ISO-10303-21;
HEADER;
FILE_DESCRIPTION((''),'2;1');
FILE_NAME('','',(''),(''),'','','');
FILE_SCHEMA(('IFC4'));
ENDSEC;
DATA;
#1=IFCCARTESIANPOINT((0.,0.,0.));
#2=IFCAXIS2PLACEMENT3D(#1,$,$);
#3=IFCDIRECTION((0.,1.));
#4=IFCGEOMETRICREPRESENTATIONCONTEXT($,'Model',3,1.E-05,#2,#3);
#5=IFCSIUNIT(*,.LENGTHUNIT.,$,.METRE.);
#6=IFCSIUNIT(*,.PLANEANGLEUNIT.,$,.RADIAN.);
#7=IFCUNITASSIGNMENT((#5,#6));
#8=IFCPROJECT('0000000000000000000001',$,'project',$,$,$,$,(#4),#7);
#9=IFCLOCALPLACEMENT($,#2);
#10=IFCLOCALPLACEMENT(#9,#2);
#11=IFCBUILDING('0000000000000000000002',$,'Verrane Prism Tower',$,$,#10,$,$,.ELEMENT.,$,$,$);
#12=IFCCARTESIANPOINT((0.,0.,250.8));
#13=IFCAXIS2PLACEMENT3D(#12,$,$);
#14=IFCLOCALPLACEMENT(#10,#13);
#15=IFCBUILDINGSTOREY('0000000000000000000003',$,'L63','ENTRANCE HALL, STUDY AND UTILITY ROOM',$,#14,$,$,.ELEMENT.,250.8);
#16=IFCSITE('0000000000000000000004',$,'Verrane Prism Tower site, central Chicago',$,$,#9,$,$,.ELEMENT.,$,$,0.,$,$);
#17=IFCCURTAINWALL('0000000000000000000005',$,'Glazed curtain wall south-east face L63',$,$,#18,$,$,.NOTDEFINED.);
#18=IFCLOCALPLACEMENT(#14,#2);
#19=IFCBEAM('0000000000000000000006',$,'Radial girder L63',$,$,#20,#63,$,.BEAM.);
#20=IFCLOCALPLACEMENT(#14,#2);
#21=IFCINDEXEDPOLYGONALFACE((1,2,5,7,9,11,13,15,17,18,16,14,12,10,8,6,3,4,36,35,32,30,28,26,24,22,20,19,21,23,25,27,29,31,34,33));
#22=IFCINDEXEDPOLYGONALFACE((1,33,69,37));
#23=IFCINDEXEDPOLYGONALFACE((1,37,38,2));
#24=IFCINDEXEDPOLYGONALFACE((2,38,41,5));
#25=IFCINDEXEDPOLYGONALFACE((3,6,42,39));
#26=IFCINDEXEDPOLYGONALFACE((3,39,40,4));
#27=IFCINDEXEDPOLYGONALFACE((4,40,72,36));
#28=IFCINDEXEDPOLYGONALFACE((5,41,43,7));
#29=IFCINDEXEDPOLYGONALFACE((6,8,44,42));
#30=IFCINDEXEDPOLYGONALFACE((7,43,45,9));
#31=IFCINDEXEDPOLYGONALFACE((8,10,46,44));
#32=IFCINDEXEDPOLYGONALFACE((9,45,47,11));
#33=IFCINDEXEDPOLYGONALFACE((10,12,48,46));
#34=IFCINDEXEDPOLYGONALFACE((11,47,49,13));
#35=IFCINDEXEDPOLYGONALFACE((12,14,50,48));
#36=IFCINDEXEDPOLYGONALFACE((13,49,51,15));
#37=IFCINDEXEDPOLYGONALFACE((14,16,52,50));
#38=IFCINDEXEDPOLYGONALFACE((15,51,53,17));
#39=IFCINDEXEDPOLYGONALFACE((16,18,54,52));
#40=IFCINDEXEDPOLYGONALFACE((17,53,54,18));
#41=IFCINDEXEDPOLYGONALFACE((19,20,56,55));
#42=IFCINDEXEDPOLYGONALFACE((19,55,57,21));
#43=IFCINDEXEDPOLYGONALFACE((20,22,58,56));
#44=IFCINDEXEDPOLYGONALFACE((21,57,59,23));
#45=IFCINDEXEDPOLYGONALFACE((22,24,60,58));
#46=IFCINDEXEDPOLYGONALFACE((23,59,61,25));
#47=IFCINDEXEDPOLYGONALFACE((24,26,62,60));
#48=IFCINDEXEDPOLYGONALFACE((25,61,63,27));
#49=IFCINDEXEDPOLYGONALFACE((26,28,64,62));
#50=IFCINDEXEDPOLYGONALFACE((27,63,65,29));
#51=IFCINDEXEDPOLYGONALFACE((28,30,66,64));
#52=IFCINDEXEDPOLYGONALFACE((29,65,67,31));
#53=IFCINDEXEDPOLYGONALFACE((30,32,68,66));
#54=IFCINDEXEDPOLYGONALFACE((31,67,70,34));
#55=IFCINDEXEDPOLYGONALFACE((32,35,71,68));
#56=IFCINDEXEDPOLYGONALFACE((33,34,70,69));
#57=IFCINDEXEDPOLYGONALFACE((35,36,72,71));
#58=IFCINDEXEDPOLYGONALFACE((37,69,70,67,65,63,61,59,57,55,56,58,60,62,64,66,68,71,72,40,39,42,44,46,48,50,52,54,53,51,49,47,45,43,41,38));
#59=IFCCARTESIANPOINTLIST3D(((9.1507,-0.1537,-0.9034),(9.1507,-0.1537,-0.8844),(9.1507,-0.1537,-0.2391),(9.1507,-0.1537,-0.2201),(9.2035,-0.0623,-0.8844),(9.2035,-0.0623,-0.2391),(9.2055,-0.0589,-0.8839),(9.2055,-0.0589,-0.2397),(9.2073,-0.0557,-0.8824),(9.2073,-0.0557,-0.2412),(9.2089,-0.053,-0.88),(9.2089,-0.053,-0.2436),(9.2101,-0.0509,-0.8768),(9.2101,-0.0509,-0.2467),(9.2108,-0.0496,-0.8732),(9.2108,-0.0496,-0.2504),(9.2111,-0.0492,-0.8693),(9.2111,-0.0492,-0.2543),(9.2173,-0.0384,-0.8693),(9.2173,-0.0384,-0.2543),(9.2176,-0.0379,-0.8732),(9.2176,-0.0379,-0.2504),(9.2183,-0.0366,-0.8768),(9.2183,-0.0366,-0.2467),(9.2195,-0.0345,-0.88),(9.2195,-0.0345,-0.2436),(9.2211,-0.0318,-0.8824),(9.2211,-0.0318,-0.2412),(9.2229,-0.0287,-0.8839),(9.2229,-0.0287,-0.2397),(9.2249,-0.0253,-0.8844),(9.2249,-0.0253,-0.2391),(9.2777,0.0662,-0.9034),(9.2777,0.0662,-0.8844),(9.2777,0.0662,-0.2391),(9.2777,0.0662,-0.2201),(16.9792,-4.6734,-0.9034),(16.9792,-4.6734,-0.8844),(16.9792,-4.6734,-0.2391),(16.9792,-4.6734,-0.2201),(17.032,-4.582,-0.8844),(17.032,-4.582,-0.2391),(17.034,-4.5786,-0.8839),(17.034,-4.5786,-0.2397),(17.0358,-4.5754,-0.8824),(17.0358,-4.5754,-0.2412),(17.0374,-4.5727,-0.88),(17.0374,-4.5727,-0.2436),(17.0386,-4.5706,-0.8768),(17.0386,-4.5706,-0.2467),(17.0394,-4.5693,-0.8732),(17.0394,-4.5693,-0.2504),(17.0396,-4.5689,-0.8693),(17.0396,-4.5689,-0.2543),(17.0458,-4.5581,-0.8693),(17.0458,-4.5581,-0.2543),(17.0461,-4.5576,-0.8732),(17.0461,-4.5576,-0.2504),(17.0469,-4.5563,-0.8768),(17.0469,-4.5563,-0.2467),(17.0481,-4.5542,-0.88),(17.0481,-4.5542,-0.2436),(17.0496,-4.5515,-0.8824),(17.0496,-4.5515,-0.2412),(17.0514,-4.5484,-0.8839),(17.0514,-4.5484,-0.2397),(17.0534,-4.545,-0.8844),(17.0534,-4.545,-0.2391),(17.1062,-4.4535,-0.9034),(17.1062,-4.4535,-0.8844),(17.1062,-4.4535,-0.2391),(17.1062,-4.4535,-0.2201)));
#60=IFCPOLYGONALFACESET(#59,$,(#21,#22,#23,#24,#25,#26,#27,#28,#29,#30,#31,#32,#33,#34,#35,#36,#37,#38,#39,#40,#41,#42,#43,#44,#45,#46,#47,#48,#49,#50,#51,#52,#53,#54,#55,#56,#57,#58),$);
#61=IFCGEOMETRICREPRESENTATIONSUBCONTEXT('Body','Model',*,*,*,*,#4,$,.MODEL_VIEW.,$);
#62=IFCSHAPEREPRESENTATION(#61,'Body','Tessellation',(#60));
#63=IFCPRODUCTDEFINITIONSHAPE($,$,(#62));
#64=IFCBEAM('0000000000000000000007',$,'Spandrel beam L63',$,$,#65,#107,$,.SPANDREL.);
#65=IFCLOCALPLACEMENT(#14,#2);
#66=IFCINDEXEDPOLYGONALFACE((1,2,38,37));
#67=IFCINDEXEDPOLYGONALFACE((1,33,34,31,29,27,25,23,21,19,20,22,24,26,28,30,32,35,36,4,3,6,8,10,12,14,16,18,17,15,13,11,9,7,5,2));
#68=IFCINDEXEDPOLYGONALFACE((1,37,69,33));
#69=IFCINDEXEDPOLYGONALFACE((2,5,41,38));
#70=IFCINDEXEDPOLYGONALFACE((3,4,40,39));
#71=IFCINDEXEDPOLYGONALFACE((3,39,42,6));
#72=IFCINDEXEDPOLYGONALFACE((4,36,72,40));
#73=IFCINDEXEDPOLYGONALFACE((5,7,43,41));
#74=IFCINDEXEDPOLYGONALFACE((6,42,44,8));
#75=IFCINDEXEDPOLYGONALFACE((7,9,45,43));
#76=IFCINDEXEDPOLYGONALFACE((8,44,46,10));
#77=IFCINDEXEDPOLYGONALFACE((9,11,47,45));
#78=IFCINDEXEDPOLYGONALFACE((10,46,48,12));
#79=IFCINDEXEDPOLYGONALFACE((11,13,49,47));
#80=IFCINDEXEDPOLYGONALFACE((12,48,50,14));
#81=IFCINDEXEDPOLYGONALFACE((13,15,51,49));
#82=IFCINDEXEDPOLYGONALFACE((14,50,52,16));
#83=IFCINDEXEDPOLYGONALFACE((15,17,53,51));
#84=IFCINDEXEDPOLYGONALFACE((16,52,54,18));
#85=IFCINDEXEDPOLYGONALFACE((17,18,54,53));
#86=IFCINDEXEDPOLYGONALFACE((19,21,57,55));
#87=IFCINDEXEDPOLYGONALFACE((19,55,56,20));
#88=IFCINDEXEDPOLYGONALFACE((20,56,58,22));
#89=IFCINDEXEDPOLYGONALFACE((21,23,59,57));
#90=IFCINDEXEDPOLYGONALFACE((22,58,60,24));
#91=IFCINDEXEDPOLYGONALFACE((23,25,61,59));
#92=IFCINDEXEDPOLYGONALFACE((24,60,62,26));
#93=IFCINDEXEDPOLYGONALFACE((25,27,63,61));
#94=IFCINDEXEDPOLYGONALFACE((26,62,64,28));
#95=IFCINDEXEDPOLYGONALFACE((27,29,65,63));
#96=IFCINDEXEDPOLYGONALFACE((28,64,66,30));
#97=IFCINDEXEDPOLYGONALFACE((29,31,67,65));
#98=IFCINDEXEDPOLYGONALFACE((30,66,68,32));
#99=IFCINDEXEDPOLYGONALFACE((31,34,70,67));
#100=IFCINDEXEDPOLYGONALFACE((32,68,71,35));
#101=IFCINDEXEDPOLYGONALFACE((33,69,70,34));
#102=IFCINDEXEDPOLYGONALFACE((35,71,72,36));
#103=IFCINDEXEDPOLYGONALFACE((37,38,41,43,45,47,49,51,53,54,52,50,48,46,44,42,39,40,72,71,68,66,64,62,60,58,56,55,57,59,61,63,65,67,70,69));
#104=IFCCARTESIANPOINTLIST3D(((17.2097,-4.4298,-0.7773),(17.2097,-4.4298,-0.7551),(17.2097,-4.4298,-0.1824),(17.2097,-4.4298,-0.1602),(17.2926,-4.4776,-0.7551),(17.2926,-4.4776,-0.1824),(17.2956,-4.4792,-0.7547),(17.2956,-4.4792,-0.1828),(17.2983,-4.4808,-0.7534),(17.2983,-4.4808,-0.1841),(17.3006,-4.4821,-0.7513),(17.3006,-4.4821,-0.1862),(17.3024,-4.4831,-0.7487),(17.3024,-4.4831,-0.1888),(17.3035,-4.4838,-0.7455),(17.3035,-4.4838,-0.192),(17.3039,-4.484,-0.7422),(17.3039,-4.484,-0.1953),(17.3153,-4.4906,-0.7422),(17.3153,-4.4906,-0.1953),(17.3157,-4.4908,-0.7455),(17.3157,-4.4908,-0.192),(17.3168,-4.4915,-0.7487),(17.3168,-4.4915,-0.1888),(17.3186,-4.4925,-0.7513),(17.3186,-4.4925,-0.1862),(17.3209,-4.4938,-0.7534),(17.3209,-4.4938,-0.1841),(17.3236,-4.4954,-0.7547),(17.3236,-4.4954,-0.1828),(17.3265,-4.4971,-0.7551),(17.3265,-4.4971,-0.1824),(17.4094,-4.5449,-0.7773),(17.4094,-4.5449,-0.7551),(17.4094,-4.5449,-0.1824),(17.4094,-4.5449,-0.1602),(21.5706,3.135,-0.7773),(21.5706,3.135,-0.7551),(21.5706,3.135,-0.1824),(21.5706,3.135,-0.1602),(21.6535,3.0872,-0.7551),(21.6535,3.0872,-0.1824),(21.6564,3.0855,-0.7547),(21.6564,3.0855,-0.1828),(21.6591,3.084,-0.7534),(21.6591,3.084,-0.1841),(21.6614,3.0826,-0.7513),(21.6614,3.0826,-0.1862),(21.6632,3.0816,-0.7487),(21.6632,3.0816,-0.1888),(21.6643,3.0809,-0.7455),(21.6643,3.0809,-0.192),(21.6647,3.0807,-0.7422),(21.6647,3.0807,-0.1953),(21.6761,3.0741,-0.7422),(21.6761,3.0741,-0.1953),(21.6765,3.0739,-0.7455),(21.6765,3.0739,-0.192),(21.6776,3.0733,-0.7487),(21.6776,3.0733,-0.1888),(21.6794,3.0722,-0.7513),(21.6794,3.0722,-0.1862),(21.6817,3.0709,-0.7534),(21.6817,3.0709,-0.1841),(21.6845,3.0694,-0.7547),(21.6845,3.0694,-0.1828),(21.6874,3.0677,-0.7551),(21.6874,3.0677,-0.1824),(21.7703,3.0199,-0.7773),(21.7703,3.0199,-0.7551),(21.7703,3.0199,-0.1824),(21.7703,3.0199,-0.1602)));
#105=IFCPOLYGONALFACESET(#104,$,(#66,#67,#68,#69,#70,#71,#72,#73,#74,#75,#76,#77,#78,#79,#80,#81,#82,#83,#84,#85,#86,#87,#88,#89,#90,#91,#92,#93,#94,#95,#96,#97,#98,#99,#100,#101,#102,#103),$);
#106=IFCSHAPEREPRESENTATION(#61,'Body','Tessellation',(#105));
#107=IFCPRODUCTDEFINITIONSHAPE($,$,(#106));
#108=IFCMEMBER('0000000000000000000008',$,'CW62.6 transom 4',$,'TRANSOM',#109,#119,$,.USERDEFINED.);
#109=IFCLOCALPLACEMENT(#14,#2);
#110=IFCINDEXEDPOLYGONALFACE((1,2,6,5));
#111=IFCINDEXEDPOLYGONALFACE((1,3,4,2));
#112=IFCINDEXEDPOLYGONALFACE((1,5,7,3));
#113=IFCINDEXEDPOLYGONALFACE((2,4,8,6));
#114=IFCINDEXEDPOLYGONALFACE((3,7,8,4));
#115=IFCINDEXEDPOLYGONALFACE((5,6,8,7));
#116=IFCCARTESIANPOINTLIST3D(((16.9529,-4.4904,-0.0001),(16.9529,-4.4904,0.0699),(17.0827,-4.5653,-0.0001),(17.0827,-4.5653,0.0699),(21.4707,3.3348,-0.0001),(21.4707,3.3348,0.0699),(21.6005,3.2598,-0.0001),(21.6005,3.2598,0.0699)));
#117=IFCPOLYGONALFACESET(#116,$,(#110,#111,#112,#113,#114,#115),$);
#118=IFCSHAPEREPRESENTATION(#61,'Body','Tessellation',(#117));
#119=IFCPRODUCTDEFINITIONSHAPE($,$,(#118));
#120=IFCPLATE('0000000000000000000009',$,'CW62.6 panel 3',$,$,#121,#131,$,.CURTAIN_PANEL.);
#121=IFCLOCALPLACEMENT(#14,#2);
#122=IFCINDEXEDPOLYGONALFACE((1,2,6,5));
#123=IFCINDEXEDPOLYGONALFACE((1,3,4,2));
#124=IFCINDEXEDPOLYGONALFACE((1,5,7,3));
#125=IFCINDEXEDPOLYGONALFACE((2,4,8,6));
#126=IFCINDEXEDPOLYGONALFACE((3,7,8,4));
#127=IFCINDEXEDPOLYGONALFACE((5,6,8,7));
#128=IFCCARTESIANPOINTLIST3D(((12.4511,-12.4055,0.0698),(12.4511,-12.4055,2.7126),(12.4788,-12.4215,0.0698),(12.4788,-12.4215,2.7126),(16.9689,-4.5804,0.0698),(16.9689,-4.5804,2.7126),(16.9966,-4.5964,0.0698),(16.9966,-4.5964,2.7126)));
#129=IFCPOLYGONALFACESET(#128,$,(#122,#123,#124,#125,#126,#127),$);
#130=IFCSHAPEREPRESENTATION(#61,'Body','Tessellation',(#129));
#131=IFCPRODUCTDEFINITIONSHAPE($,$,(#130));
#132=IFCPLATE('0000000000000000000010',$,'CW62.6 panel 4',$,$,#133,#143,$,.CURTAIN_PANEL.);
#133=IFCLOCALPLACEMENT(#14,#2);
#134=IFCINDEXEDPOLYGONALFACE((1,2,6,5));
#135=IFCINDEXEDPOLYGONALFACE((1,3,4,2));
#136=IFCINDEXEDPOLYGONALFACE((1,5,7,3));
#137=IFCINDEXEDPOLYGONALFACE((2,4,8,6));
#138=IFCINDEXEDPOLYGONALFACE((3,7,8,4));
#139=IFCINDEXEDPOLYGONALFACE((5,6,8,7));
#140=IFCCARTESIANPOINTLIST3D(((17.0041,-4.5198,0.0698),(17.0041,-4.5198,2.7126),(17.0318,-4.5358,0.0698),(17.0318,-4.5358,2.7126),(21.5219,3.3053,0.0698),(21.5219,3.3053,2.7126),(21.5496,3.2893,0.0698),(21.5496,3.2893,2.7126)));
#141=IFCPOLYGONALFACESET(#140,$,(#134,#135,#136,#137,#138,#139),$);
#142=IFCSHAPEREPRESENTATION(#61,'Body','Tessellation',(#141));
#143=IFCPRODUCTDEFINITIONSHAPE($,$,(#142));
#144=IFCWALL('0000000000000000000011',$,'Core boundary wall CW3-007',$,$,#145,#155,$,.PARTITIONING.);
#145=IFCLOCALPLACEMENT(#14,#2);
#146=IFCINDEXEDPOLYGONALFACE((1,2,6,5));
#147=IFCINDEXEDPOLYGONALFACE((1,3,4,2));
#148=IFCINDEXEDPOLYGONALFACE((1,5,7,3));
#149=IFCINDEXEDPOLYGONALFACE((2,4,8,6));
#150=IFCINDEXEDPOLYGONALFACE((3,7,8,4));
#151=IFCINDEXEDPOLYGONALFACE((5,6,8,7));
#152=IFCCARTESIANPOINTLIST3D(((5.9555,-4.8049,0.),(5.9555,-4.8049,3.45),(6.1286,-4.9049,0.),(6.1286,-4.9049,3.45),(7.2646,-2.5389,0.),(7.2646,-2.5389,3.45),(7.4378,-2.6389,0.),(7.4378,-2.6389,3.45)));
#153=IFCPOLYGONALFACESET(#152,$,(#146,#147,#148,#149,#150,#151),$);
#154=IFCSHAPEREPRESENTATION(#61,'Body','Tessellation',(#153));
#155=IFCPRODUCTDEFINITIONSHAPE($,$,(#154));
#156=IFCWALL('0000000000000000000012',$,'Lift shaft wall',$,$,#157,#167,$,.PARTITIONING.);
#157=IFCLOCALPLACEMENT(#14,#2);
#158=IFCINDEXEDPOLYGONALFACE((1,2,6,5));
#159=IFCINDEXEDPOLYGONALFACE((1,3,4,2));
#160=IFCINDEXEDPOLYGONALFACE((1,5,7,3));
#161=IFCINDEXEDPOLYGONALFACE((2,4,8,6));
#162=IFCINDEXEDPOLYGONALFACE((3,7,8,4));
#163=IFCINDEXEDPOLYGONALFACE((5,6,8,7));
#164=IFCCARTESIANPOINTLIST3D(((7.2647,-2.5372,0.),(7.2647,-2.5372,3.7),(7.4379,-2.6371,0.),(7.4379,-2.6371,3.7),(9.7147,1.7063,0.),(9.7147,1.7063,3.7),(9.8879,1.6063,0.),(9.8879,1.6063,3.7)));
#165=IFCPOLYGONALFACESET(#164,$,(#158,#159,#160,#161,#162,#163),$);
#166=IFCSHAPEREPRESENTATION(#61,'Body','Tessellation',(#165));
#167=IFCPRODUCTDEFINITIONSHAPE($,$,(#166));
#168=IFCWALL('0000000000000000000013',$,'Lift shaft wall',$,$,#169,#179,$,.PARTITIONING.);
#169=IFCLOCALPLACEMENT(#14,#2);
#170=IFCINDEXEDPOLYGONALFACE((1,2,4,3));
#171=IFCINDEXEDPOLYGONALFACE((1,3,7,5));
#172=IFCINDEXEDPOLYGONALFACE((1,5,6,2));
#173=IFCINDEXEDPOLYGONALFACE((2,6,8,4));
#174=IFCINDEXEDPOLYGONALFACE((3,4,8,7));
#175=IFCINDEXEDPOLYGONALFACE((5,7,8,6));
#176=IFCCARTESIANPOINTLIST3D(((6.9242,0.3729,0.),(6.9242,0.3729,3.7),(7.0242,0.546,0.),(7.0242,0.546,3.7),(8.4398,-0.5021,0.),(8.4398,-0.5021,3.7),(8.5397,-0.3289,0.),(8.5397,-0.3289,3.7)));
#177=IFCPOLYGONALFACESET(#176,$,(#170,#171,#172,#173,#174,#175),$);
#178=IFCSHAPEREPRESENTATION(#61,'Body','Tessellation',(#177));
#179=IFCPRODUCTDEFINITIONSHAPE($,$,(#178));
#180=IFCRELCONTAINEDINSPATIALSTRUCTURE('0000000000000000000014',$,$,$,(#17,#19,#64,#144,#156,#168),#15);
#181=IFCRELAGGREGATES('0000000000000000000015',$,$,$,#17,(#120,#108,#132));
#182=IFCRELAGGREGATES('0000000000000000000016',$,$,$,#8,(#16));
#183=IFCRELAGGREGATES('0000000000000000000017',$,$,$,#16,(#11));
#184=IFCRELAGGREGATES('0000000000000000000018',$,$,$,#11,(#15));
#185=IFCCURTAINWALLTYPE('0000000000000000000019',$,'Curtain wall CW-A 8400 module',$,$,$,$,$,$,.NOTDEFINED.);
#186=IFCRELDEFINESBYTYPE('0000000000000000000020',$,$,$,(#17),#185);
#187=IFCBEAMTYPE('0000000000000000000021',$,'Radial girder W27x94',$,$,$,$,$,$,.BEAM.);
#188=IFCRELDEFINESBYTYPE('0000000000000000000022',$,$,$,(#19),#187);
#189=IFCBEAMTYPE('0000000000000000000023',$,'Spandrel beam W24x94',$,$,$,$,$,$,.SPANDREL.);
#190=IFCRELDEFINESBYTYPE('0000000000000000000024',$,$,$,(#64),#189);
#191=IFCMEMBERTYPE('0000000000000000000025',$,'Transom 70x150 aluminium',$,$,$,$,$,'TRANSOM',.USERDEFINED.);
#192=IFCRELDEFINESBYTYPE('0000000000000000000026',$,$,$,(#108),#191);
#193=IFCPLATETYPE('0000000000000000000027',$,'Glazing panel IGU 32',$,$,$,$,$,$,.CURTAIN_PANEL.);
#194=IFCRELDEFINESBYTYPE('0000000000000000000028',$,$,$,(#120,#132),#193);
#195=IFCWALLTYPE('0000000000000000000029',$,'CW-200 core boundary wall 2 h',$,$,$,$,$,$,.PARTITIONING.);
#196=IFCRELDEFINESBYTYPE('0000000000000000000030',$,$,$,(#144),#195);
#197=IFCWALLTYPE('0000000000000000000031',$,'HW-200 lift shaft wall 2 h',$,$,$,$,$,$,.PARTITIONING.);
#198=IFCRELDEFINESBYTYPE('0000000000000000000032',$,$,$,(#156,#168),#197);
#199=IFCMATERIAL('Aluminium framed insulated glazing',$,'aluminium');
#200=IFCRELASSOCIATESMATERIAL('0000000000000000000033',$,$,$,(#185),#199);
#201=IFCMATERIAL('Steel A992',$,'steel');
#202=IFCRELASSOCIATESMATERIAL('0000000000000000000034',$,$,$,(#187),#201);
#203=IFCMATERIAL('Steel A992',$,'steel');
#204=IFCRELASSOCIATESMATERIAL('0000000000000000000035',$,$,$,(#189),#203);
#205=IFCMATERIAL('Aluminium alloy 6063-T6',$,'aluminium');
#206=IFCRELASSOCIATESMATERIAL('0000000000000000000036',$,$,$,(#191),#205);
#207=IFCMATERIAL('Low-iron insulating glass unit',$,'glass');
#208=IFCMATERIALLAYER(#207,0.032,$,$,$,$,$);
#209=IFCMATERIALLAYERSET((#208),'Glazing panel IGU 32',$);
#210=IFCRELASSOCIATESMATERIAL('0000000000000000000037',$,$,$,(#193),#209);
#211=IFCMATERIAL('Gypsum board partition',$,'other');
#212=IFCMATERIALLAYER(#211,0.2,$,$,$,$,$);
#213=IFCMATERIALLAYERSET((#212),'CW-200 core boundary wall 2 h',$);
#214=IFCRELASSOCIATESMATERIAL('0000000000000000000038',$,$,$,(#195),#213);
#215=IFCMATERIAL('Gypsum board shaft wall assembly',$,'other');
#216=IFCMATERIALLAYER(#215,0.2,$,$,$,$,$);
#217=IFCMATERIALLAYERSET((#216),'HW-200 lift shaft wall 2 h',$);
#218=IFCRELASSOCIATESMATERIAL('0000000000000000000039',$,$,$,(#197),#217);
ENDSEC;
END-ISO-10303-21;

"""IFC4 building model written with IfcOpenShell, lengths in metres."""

from ifc_helpers import new_model, si_unit, direction, frame, frame_2d, origin, origin_2d, place, context, subcontext, project, spatial, rectangle, i_section, extrude, material, layer, layer_set, material_profile, profile_set, type_object, element, aggregate, save


model = new_model("IFC4")

# Units and contexts
model_context = context("Model", 3, precision=1e-05, world=origin(), true_north=direction((0.0, 1.0)))
body_context = subcontext(model_context, "Body", "Model", "MODEL_VIEW")
ifc_project = project(units=[si_unit("LENGTHUNIT", "METRE"), si_unit("PLANEANGLEUNIT", "RADIAN")], contexts=[model_context])

# Site, building, storey
site_placement = place(None, origin())
site = spatial("IfcSite", under=ifc_project, at=site_placement, Name="Verrane Prism Tower site, central Chicago", CompositionType="ELEMENT", RefElevation=0.0)
building_placement = place(site_placement, origin())
building = spatial("IfcBuilding", under=site, at=building_placement, Name="Verrane Prism Tower", CompositionType="ELEMENT")
storey_placement = place(building_placement, frame((0.0, 0.0, 250.8)))
storey = spatial("IfcBuildingStorey", under=building, at=storey_placement, Name="L63", Description="ENTRANCE HALL, STUDY AND UTILITY ROOM", CompositionType="ELEMENT", Elevation=250.8)

# Curtain wall
ifc_material_1 = material(Name="Aluminium framed insulated glazing", Category="aluminium")
curtain_wall_type = type_object("IfcCurtainWallType", Name="Curtain wall CW-A 8400 module", PredefinedType="NOTDEFINED", material=ifc_material_1)
curtain_wall_placement = place(storey_placement, origin())
curtain_wall = element("IfcCurtainWall", 1, at=curtain_wall_placement, inside=storey, type_object=curtain_wall_type, Name="Glazed curtain wall south-east face L63", PredefinedType="NOTDEFINED")

# Beams
ifc_material_2 = material(Name="Steel A992", Category="steel")
ifc_material_profile_1 = material_profile(ifc_material_2, i_section(OverallWidth=0.2539, OverallDepth=0.6833, WebThickness=0.0125, FlangeThickness=0.019, FilletRadius=0.0151, at=origin_2d()), Name="W27x94")
ifc_profile_set_1 = profile_set([ifc_material_profile_1], Name="Steel A992")
beam_type_1 = type_object("IfcBeamType", Name="Radial girder W27x94", PredefinedType="BEAM", material=ifc_profile_set_1)
beam_1_placement = place(storey_placement, frame((17.0427, -4.5635, -0.5618), z_axis=(-0.866029, 0.499994, 0.0), x_axis=(-0.499994, -0.866029, 0.0)))
element("IfcBeam", 2, at=beam_1_placement, inside=storey, type_object=beam_type_1, Name="Radial girder L63", PredefinedType="BEAM", context=body_context, shape_type="SweptSolid", body=[
    extrude(i_section(OverallWidth=0.2539, OverallDepth=0.6833, WebThickness=0.0125, FlangeThickness=0.019, FilletRadius=0.0151, at=origin_2d()), origin(), (0.0, 0.0, 1.0), 9.0396),
])
ifc_material_3 = material(Name="Steel A992", Category="steel")
ifc_material_profile_2 = material_profile(ifc_material_3, i_section(OverallWidth=0.2305, OverallDepth=0.6172, WebThickness=0.0132, FlangeThickness=0.0222, FilletRadius=0.0129, at=origin_2d()), Name="W24x94")
ifc_profile_set_2 = profile_set([ifc_material_profile_2], Name="Steel A992")
beam_type_2 = type_object("IfcBeamType", Name="Spandrel beam W24x94", PredefinedType="SPANDREL", material=ifc_profile_set_2)
beam_2_placement = place(storey_placement, frame((17.3096, -4.4873, -0.4688), z_axis=(0.49943, 0.866355, 0.0), x_axis=(-0.866355, 0.49943, 0.0)))
element("IfcBeam", 3, at=beam_2_placement, inside=storey, type_object=beam_type_2, Name="Spandrel beam L63", PredefinedType="SPANDREL", context=body_context, shape_type="SweptSolid", body=[
    extrude(i_section(OverallWidth=0.2305, OverallDepth=0.6172, WebThickness=0.0132, FlangeThickness=0.0222, FilletRadius=0.0129, at=origin_2d()), origin(), (0.0, 0.0, 1.0), 8.7317),
])

# Member
ifc_material_4 = material(Name="Aluminium alloy 6063-T6", Category="aluminium")
ifc_material_profile_3 = material_profile(ifc_material_4, rectangle(XDim=0.1499, YDim=0.0701, at=origin_2d()), Name="Transom 70x150 aluminium")
ifc_profile_set_3 = profile_set([ifc_material_profile_3], Name="Aluminium alloy 6063-T6")
member_type_1 = type_object("IfcMemberType", Name="Transom 70x150 aluminium", ElementType="TRANSOM", PredefinedType="USERDEFINED", material=ifc_profile_set_3)
member_1_placement = place(storey_placement, frame((17.0178, -4.5278, 0.0349), z_axis=(0.499995, 0.866028, 0.0), x_axis=(-0.866028, 0.499995, 0.0)))
member_1 = element("IfcMember", 4, at=member_1_placement, type_object=member_type_1, Name="CW62.6 transom 4", ObjectType="TRANSOM", PredefinedType="USERDEFINED", context=body_context, shape_type="SweptSolid", body=[
    extrude(rectangle(XDim=0.1499, YDim=0.0701, at=origin_2d()), origin(), (0.0, 0.0, 1.0), 9.0356),
])

# Plates
ifc_material_5 = material(Name="Low-iron insulating glass unit", Category="glass")
ifc_layer_1 = layer(ifc_material_5, 0.032)
ifc_layer_set_1 = layer_set([ifc_layer_1], Name="Glazing panel IGU 32")
plate_type = type_object("IfcPlateType", Name="Glazing panel IGU 32", PredefinedType="CURTAIN_PANEL", material=ifc_layer_set_1)
plate_1_placement = place(storey_placement, frame((14.7239, -8.501, 0.0698), z_axis=(0.0, 0.0, 1.0), x_axis=(0.5, 0.866026, 0.0)))
plate_1 = element("IfcPlate", 5, at=plate_1_placement, type_object=plate_type, Name="CW62.6 panel 3", PredefinedType="CURTAIN_PANEL", context=body_context, shape_type="SweptSolid", body=[
    extrude(rectangle(XDim=9.0356, YDim=0.032, at=origin_2d()), origin(), (0.0, 0.0, 1.0), 2.6428),
])
plate_2_placement = place(storey_placement, frame((19.2769, -0.6152, 0.0698), z_axis=(0.0, 0.0, 1.0), x_axis=(0.5, 0.866026, 0.0)))
plate_2 = element("IfcPlate", 6, at=plate_2_placement, type_object=plate_type, Name="CW62.6 panel 4", PredefinedType="CURTAIN_PANEL", context=body_context, shape_type="SweptSolid", body=[
    extrude(rectangle(XDim=9.0356, YDim=0.032, at=origin_2d()), origin(), (0.0, 0.0, 1.0), 2.6428),
])
aggregate(curtain_wall, [plate_1, member_1, plate_2])

# Walls
ifc_material_6 = material(Name="Gypsum board partition", Category="other")
ifc_layer_2 = layer(ifc_material_6, 0.2)
ifc_layer_set_2 = layer_set([ifc_layer_2], Name="CW-200 core boundary wall 2 h")
wall_type_1 = type_object("IfcWallType", Name="CW-200 core boundary wall 2 h", PredefinedType="PARTITIONING", material=ifc_layer_set_2)
wall_1_placement = place(storey_placement, frame((6.042, -4.855, 0.0), z_axis=(0.0, 0.0, 1.0), x_axis=(0.500253, 0.865879, 0.0)))
element("IfcWall", 7, at=wall_1_placement, inside=storey, type_object=wall_type_1, Name="Core boundary wall CW3-007", PredefinedType="PARTITIONING", context=body_context, shape_type="SweptSolid", body=[
    extrude(rectangle(XDim=2.6169, YDim=0.2, at=frame_2d((1.3086, 0.0))), origin(), (0.0, 0.0, 1.0), 3.45),
])
ifc_material_7 = material(Name="Gypsum board shaft wall assembly", Category="other")
ifc_layer_3 = layer(ifc_material_7, 0.2)
ifc_layer_set_3 = layer_set([ifc_layer_3], Name="HW-200 lift shaft wall 2 h")
wall_type_2 = type_object("IfcWallType", Name="HW-200 lift shaft wall 2 h", PredefinedType="PARTITIONING", material=ifc_layer_set_3)
wall_2_placement = place(storey_placement, frame((7.3513, -2.5872, 0.0), z_axis=(0.0, 0.0, 1.0), x_axis=(0.500003, 0.866024, 0.0)))
element("IfcWall", 8, at=wall_2_placement, inside=storey, type_object=wall_type_2, Name="Lift shaft wall", PredefinedType="PARTITIONING", context=body_context, shape_type="SweptSolid", body=[
    extrude(rectangle(XDim=4.8999, YDim=0.2, at=frame_2d((2.45, 0.0))), origin(), (0.0, 0.0, 1.0), 3.7),
])
for number, where, z_axis, x_axis, name in (
    (9, (8.4897, -0.4155, 0.0), (0.0, 0.0, 1.0), (-0.866037, 0.49998, 0.0), "Lift shaft wall"),
):
    element("IfcWall", number, at=place(storey_placement, frame(where, z_axis=z_axis, x_axis=x_axis)), inside=storey, type_object=wall_type_2, Name=name, PredefinedType="PARTITIONING", context=body_context, shape_type="SweptSolid", body=[
        extrude(rectangle(XDim=1.75, YDim=0.2, at=frame_2d((0.875, 0.0))), origin(), (0.0, 0.0, 1.0), 3.7),
    ])

save(model, "model.ifc")
